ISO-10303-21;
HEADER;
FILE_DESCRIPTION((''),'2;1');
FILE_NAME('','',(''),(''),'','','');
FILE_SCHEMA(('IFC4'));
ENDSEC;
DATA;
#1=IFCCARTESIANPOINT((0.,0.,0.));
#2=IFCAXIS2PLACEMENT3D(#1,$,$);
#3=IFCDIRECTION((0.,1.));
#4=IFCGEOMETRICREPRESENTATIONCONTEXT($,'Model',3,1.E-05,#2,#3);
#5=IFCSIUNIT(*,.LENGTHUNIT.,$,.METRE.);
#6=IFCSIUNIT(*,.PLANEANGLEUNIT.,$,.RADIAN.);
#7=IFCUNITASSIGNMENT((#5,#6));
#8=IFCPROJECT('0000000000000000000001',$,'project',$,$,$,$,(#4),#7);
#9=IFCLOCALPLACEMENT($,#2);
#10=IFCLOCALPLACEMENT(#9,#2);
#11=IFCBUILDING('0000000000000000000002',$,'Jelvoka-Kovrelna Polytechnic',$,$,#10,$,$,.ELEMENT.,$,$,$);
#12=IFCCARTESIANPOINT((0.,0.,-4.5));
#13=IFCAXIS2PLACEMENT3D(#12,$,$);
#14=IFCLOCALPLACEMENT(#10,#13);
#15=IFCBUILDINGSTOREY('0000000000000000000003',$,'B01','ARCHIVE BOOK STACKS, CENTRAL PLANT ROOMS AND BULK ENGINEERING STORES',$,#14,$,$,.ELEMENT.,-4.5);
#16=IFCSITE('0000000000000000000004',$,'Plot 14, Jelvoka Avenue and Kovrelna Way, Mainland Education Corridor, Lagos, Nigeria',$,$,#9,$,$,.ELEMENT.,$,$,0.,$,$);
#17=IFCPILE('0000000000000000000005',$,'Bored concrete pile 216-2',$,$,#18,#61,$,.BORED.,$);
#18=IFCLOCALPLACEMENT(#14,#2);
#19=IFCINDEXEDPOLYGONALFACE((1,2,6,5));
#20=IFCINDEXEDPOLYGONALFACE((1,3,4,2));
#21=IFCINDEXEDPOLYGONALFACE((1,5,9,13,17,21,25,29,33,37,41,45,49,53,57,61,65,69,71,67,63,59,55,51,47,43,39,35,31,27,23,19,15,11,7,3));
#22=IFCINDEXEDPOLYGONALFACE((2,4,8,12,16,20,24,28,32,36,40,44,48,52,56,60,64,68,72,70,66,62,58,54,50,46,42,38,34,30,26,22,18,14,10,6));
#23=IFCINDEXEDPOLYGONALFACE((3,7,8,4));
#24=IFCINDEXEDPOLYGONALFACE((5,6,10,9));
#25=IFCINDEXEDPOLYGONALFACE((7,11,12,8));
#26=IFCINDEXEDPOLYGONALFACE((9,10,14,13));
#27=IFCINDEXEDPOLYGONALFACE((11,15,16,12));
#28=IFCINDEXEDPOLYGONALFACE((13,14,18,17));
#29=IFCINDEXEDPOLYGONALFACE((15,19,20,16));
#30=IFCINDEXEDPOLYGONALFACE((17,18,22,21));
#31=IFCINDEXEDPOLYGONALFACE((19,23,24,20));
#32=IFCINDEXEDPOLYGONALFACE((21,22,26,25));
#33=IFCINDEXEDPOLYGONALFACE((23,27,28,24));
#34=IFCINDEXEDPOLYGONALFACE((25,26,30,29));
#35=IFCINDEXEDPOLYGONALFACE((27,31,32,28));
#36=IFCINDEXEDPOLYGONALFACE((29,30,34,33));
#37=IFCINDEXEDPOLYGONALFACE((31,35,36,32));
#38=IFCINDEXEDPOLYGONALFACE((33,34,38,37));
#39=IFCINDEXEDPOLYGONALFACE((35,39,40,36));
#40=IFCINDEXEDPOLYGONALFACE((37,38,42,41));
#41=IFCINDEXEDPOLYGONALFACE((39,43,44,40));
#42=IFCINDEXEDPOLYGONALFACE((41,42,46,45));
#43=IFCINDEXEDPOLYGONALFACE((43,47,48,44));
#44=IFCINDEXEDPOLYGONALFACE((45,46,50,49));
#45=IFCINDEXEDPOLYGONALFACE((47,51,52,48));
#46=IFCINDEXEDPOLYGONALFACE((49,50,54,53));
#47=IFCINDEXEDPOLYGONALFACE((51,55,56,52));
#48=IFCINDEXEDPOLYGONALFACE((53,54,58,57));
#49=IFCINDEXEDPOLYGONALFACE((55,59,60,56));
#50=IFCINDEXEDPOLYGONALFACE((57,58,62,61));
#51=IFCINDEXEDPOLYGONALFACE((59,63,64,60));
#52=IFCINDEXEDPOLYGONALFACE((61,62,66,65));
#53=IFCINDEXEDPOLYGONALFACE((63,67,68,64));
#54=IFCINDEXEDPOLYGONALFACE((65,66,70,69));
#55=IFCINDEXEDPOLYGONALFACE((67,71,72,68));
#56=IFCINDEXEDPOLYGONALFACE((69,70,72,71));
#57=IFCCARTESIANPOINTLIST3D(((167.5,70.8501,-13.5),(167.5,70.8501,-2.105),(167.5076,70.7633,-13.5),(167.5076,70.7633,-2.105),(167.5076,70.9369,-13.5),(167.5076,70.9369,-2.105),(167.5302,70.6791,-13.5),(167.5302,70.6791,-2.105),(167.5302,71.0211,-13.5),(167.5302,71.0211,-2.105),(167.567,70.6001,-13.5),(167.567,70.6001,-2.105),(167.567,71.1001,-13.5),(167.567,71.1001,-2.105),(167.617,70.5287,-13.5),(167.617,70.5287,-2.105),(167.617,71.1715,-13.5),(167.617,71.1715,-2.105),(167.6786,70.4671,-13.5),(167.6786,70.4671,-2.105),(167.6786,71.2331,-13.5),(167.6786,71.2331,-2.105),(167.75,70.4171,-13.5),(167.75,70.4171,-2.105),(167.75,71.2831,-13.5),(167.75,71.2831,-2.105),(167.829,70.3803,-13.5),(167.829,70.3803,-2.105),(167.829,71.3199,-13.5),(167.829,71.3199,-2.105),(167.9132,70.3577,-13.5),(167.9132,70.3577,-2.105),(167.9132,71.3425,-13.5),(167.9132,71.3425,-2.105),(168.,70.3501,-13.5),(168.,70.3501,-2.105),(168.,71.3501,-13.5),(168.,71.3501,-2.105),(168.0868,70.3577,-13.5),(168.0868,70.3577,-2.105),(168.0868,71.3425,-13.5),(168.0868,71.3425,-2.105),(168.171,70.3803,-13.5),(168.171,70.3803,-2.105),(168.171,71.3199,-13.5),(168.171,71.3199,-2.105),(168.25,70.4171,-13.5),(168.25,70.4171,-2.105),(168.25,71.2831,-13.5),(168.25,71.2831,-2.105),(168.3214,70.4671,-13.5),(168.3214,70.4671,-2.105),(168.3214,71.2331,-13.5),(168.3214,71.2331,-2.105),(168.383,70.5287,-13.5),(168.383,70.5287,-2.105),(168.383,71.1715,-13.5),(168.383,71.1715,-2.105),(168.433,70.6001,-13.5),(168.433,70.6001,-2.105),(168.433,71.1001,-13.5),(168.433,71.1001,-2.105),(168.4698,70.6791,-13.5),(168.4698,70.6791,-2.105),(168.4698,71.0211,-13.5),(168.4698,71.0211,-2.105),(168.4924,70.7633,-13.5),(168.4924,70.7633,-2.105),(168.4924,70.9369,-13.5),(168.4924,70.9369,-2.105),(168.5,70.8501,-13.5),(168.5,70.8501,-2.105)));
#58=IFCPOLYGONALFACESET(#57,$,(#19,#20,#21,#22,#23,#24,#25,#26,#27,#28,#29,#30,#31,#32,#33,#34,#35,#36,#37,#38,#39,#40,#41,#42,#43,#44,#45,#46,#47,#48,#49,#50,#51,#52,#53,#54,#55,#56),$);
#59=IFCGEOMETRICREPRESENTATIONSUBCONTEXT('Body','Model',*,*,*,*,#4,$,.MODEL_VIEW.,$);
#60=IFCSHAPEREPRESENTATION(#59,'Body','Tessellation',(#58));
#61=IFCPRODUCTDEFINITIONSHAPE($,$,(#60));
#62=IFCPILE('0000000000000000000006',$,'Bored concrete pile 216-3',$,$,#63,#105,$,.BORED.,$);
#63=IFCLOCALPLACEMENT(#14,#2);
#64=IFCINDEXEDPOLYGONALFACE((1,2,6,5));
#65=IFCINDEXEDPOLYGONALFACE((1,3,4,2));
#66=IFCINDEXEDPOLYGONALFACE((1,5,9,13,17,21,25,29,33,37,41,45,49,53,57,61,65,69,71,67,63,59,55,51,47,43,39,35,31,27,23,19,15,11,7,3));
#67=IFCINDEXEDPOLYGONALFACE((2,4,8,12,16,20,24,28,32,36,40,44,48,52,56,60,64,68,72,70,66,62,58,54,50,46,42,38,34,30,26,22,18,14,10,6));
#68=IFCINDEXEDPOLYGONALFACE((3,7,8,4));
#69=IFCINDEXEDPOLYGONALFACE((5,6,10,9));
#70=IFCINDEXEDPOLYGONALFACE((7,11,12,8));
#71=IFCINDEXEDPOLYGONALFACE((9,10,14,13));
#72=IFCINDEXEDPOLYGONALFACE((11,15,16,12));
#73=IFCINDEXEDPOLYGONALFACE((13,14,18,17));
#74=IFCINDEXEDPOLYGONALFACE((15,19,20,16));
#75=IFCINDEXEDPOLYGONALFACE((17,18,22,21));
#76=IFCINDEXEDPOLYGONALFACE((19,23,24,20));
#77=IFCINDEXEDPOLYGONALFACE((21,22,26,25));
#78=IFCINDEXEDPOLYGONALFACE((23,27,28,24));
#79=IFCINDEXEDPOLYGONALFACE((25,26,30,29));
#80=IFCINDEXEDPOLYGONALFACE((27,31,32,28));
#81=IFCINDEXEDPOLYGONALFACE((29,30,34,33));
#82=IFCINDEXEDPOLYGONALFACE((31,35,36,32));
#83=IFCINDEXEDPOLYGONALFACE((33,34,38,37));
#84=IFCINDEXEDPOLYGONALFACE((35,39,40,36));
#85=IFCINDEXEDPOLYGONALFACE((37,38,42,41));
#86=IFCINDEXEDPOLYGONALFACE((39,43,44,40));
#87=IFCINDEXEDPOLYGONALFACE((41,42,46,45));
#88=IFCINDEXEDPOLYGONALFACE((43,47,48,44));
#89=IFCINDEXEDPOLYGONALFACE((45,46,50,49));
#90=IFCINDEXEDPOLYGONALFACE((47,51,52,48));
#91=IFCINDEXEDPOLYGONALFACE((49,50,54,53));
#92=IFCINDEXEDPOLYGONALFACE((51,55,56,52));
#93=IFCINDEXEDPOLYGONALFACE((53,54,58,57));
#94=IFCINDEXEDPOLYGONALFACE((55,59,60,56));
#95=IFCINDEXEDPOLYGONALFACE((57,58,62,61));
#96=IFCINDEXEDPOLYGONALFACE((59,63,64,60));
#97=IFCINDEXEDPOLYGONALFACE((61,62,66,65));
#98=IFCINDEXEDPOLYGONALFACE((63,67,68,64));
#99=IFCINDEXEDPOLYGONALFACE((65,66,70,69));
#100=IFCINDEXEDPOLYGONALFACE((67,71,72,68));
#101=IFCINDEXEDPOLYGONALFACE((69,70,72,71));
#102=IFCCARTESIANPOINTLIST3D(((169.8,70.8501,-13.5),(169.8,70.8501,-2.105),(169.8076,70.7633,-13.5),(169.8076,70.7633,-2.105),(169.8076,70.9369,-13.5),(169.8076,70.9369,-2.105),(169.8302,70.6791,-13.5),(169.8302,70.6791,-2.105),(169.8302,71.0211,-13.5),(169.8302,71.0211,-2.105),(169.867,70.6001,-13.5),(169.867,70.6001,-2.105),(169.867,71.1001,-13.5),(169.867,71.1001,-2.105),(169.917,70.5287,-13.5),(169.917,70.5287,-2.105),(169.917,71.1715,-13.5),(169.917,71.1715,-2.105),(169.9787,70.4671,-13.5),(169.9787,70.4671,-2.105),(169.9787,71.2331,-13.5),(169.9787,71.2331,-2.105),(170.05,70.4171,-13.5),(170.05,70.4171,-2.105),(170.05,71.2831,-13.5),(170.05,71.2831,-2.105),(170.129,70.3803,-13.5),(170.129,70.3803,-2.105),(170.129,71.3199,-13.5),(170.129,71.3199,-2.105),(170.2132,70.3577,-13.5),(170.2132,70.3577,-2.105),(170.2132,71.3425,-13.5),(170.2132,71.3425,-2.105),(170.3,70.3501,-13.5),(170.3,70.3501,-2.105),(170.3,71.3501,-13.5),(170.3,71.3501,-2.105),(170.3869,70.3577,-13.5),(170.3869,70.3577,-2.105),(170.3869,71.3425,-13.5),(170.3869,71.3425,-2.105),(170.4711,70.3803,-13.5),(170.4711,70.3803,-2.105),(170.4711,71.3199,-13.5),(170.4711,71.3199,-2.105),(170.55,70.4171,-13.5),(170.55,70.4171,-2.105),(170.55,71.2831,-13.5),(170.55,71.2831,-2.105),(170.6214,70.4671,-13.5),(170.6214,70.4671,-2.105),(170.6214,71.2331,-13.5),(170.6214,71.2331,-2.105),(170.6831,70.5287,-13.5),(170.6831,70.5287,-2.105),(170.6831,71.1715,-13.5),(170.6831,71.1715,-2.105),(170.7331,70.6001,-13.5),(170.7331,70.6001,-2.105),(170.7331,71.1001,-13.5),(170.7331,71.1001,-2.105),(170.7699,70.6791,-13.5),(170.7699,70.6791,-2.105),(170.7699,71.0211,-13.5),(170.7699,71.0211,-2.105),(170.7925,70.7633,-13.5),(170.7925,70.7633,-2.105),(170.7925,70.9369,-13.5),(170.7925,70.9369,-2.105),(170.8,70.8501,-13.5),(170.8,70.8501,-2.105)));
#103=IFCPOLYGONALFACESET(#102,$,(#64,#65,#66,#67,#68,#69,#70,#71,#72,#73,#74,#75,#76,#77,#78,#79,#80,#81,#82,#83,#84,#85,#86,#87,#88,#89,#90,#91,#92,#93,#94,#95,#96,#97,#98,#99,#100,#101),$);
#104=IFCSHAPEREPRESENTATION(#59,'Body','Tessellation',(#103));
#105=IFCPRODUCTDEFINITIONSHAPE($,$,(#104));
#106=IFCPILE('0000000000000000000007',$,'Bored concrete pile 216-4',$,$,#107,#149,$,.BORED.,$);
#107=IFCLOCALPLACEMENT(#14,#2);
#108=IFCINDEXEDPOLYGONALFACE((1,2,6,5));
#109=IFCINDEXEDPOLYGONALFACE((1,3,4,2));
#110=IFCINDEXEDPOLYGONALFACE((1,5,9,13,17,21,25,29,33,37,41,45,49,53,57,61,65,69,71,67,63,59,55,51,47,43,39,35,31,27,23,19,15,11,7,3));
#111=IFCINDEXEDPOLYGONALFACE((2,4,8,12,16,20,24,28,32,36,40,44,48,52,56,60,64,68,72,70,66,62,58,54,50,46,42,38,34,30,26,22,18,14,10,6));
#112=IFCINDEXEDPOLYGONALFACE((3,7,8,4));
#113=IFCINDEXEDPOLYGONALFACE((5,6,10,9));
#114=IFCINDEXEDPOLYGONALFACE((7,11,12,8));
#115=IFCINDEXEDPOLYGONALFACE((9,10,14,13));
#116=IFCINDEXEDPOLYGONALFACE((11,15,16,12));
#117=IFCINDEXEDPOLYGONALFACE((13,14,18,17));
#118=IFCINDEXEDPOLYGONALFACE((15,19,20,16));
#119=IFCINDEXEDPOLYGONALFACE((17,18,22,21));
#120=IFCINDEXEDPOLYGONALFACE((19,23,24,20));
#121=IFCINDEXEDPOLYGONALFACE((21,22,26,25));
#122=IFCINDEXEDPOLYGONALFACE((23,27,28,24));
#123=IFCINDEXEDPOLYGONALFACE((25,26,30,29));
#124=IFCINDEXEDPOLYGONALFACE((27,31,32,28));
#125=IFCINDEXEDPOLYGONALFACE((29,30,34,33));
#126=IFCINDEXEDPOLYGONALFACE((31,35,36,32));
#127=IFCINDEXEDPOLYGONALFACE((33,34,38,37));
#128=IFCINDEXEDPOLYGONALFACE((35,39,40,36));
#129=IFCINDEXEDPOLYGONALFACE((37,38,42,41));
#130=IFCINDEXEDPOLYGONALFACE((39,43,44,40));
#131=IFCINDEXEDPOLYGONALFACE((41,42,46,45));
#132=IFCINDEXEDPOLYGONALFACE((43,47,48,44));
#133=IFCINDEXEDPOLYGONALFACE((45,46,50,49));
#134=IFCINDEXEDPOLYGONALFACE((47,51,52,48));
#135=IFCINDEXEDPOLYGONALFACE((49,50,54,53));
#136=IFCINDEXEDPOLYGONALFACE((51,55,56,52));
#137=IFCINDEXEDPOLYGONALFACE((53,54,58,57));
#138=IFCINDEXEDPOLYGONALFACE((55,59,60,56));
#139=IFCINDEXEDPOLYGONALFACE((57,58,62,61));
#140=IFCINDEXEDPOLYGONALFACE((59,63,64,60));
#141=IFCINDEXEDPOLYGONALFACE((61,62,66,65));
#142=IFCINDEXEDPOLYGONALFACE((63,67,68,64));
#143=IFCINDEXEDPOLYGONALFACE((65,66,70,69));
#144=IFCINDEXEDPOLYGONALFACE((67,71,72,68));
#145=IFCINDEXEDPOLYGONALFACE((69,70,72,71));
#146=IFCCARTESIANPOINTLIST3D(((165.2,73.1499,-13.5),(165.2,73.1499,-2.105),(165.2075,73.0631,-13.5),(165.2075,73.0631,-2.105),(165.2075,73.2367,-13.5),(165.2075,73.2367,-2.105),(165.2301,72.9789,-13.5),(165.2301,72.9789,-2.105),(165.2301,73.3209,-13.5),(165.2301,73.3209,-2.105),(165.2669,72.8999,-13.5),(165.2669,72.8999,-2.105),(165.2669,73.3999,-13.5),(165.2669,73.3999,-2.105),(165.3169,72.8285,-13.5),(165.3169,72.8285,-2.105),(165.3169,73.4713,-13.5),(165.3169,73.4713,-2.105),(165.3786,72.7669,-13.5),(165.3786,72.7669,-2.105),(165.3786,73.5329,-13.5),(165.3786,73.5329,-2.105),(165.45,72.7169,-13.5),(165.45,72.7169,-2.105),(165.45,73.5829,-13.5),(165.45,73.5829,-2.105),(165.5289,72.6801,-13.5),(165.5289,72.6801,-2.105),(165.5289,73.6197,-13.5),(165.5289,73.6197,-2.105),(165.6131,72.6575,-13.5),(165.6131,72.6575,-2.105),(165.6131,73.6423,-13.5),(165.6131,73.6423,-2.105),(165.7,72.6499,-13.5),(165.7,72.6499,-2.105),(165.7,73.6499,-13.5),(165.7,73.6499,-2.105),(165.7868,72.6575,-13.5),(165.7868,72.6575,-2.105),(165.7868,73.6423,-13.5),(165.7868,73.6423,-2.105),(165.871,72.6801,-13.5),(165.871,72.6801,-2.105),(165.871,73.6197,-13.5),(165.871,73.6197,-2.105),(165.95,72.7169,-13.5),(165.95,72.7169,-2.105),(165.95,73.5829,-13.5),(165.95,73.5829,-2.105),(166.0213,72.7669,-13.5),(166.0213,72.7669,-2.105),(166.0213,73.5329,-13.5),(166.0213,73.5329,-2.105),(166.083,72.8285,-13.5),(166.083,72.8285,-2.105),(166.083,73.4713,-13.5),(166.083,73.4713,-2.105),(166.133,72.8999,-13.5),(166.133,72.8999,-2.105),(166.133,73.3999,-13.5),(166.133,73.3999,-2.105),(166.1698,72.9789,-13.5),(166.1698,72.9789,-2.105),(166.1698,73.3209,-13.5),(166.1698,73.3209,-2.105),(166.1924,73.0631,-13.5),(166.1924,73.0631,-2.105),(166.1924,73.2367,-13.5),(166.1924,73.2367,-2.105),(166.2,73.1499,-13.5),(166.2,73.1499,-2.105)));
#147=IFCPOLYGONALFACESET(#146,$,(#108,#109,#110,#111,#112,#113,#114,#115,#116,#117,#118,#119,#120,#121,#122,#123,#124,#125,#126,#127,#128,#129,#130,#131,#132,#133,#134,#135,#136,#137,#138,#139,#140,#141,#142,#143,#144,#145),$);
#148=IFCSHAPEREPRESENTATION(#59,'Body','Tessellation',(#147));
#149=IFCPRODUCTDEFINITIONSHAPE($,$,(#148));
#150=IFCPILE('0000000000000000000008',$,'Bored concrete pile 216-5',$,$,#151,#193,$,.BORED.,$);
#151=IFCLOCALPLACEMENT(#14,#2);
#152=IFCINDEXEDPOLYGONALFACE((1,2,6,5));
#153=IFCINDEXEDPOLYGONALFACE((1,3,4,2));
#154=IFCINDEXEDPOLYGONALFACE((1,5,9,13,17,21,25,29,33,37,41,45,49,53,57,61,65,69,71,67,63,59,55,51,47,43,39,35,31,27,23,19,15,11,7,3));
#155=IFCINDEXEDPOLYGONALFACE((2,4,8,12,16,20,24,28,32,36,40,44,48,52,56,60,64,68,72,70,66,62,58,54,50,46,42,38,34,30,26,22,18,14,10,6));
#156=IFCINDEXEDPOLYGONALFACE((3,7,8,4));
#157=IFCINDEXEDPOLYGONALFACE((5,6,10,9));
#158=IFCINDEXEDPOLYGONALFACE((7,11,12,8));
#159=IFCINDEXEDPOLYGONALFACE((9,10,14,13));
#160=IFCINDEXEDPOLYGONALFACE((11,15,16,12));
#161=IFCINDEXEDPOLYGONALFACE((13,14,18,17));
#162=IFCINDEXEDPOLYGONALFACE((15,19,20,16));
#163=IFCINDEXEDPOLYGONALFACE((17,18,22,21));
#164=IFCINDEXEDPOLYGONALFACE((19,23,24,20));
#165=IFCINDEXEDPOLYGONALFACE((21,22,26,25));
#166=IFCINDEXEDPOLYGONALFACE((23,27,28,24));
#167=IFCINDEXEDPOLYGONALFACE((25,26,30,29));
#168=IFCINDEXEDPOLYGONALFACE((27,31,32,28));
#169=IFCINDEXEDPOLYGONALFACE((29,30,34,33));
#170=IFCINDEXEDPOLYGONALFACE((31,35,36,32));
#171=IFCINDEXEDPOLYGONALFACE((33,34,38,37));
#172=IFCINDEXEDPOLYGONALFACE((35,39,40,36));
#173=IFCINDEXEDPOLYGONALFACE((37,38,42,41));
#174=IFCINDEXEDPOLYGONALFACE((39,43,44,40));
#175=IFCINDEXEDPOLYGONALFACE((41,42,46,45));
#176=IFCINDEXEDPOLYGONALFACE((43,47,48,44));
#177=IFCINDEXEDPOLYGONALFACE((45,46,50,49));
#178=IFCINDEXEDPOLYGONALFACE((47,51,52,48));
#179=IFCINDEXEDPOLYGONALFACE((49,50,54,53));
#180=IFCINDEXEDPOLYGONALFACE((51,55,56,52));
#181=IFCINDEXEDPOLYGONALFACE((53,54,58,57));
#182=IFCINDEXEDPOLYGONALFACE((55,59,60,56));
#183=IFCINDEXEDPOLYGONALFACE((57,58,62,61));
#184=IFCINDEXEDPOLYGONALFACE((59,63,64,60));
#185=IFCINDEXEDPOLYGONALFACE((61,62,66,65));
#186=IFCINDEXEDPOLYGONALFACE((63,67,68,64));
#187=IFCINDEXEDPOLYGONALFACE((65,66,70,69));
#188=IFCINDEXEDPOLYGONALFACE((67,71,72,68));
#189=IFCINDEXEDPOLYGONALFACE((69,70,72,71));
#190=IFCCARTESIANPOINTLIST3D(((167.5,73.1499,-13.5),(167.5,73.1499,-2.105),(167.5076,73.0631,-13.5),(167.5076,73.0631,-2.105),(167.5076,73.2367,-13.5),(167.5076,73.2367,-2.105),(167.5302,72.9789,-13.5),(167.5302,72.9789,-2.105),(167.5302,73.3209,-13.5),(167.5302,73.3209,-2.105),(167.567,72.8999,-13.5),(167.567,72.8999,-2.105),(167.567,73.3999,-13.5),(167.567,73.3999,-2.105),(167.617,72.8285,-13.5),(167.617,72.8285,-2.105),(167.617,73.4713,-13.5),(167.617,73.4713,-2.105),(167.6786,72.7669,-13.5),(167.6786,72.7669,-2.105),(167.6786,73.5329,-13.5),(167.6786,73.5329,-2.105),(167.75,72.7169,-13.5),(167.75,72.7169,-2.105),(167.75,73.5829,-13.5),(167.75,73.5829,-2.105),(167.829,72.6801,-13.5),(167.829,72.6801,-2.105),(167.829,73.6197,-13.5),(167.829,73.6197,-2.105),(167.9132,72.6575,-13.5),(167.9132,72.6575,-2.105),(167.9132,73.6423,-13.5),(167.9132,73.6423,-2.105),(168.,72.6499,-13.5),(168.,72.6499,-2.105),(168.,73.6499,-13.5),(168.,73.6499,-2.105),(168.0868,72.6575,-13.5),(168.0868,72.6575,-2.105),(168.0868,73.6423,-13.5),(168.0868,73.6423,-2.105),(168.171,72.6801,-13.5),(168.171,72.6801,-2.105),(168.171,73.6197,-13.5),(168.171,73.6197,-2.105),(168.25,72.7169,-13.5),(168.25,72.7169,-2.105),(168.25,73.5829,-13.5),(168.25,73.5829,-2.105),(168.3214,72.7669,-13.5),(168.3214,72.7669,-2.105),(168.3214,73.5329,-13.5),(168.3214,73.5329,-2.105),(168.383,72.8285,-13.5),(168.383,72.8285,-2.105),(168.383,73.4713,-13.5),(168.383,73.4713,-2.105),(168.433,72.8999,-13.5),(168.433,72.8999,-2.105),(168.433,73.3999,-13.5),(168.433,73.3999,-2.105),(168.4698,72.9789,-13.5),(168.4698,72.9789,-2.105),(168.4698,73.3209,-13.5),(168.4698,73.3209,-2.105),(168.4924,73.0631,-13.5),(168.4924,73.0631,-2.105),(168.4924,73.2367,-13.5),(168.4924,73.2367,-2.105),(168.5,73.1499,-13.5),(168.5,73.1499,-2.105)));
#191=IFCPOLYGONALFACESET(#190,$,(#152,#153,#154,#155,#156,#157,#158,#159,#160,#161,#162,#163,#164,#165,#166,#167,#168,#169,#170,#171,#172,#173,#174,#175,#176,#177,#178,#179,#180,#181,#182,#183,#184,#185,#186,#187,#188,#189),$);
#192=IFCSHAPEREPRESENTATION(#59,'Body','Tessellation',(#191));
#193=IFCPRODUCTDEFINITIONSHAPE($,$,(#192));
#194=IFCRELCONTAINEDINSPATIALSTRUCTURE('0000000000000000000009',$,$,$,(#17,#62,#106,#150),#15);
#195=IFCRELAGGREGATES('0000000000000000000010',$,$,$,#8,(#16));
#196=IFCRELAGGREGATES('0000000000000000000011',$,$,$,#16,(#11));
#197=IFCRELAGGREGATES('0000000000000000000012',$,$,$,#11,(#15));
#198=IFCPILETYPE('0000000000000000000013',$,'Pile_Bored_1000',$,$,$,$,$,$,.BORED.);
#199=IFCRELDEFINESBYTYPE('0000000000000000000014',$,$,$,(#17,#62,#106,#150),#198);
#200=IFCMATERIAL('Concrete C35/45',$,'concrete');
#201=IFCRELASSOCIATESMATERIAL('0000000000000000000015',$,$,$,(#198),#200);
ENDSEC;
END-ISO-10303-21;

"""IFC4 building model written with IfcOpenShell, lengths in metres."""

from ifc_helpers import new_model, si_unit, direction, frame, origin, origin_2d, place, context, subcontext, project, spatial, circle, extrude, material, material_profile, profile_set, type_object, element, save


model = new_model("IFC4")

# Units and contexts
model_context = context("Model", 3, precision=1e-05, world=origin(), true_north=direction((0.0, 1.0)))
body_context = subcontext(model_context, "Body", "Model", "MODEL_VIEW")
ifc_project = project(units=[si_unit("LENGTHUNIT", "METRE"), si_unit("PLANEANGLEUNIT", "RADIAN")], contexts=[model_context])

# Site, building, storey
site_placement = place(None, origin())
site = spatial("IfcSite", under=ifc_project, at=site_placement, Name="Plot 14, Jelvoka Avenue and Kovrelna Way, Mainland Education Corridor, Lagos, Nigeria", CompositionType="ELEMENT", RefElevation=0.0)
building_placement = place(site_placement, origin())
building = spatial("IfcBuilding", under=site, at=building_placement, Name="Jelvoka-Kovrelna Polytechnic", CompositionType="ELEMENT")
storey_placement = place(building_placement, frame((0.0, 0.0, -4.5)))
storey = spatial("IfcBuildingStorey", under=building, at=storey_placement, Name="B01", Description="ARCHIVE BOOK STACKS, CENTRAL PLANT ROOMS AND BULK ENGINEERING STORES", CompositionType="ELEMENT", Elevation=-4.5)

# Piles
ifc_material_1 = material(Name="Concrete C35/45", Category="concrete")
ifc_material_profile_1 = material_profile(ifc_material_1, circle(Radius=0.5, at=origin_2d()), Name="PILE D1000")
ifc_profile_set_1 = profile_set([ifc_material_profile_1], Name="Concrete C35/45")
pile_type_1 = type_object("IfcPileType", Name="Pile_Bored_1000", PredefinedType="BORED", material=ifc_profile_set_1)
for number, where, z_axis, x_axis, name in (
    (1, (168.0, 70.8501, -2.105), (0.0, 0.0, -1.0), (1.0, 0.0, 0.0), "Bored concrete pile 216-2"),
    (2, (170.3, 70.8501, -2.105), (0.0, 0.0, -1.0), (1.0, 0.0, 0.0), "Bored concrete pile 216-3"),
    (3, (165.7, 73.1499, -2.105), (0.0, 0.0, -1.0), (1.0, 0.0, 0.0), "Bored concrete pile 216-4"),
    (4, (168.0, 73.1499, -2.105), (0.0, 0.0, -1.0), (1.0, 0.0, 0.0), "Bored concrete pile 216-5"),
):
    element("IfcPile", number, at=place(storey_placement, frame(where, z_axis=z_axis, x_axis=x_axis)), inside=storey, type_object=pile_type_1, Name=name, PredefinedType="BORED", context=body_context, shape_type="SweptSolid", body=[
        extrude(circle(Radius=0.5, at=origin_2d()), origin(), (0.0, 0.0, 1.0), 11.395),
    ])

save(model, "model.ifc")
